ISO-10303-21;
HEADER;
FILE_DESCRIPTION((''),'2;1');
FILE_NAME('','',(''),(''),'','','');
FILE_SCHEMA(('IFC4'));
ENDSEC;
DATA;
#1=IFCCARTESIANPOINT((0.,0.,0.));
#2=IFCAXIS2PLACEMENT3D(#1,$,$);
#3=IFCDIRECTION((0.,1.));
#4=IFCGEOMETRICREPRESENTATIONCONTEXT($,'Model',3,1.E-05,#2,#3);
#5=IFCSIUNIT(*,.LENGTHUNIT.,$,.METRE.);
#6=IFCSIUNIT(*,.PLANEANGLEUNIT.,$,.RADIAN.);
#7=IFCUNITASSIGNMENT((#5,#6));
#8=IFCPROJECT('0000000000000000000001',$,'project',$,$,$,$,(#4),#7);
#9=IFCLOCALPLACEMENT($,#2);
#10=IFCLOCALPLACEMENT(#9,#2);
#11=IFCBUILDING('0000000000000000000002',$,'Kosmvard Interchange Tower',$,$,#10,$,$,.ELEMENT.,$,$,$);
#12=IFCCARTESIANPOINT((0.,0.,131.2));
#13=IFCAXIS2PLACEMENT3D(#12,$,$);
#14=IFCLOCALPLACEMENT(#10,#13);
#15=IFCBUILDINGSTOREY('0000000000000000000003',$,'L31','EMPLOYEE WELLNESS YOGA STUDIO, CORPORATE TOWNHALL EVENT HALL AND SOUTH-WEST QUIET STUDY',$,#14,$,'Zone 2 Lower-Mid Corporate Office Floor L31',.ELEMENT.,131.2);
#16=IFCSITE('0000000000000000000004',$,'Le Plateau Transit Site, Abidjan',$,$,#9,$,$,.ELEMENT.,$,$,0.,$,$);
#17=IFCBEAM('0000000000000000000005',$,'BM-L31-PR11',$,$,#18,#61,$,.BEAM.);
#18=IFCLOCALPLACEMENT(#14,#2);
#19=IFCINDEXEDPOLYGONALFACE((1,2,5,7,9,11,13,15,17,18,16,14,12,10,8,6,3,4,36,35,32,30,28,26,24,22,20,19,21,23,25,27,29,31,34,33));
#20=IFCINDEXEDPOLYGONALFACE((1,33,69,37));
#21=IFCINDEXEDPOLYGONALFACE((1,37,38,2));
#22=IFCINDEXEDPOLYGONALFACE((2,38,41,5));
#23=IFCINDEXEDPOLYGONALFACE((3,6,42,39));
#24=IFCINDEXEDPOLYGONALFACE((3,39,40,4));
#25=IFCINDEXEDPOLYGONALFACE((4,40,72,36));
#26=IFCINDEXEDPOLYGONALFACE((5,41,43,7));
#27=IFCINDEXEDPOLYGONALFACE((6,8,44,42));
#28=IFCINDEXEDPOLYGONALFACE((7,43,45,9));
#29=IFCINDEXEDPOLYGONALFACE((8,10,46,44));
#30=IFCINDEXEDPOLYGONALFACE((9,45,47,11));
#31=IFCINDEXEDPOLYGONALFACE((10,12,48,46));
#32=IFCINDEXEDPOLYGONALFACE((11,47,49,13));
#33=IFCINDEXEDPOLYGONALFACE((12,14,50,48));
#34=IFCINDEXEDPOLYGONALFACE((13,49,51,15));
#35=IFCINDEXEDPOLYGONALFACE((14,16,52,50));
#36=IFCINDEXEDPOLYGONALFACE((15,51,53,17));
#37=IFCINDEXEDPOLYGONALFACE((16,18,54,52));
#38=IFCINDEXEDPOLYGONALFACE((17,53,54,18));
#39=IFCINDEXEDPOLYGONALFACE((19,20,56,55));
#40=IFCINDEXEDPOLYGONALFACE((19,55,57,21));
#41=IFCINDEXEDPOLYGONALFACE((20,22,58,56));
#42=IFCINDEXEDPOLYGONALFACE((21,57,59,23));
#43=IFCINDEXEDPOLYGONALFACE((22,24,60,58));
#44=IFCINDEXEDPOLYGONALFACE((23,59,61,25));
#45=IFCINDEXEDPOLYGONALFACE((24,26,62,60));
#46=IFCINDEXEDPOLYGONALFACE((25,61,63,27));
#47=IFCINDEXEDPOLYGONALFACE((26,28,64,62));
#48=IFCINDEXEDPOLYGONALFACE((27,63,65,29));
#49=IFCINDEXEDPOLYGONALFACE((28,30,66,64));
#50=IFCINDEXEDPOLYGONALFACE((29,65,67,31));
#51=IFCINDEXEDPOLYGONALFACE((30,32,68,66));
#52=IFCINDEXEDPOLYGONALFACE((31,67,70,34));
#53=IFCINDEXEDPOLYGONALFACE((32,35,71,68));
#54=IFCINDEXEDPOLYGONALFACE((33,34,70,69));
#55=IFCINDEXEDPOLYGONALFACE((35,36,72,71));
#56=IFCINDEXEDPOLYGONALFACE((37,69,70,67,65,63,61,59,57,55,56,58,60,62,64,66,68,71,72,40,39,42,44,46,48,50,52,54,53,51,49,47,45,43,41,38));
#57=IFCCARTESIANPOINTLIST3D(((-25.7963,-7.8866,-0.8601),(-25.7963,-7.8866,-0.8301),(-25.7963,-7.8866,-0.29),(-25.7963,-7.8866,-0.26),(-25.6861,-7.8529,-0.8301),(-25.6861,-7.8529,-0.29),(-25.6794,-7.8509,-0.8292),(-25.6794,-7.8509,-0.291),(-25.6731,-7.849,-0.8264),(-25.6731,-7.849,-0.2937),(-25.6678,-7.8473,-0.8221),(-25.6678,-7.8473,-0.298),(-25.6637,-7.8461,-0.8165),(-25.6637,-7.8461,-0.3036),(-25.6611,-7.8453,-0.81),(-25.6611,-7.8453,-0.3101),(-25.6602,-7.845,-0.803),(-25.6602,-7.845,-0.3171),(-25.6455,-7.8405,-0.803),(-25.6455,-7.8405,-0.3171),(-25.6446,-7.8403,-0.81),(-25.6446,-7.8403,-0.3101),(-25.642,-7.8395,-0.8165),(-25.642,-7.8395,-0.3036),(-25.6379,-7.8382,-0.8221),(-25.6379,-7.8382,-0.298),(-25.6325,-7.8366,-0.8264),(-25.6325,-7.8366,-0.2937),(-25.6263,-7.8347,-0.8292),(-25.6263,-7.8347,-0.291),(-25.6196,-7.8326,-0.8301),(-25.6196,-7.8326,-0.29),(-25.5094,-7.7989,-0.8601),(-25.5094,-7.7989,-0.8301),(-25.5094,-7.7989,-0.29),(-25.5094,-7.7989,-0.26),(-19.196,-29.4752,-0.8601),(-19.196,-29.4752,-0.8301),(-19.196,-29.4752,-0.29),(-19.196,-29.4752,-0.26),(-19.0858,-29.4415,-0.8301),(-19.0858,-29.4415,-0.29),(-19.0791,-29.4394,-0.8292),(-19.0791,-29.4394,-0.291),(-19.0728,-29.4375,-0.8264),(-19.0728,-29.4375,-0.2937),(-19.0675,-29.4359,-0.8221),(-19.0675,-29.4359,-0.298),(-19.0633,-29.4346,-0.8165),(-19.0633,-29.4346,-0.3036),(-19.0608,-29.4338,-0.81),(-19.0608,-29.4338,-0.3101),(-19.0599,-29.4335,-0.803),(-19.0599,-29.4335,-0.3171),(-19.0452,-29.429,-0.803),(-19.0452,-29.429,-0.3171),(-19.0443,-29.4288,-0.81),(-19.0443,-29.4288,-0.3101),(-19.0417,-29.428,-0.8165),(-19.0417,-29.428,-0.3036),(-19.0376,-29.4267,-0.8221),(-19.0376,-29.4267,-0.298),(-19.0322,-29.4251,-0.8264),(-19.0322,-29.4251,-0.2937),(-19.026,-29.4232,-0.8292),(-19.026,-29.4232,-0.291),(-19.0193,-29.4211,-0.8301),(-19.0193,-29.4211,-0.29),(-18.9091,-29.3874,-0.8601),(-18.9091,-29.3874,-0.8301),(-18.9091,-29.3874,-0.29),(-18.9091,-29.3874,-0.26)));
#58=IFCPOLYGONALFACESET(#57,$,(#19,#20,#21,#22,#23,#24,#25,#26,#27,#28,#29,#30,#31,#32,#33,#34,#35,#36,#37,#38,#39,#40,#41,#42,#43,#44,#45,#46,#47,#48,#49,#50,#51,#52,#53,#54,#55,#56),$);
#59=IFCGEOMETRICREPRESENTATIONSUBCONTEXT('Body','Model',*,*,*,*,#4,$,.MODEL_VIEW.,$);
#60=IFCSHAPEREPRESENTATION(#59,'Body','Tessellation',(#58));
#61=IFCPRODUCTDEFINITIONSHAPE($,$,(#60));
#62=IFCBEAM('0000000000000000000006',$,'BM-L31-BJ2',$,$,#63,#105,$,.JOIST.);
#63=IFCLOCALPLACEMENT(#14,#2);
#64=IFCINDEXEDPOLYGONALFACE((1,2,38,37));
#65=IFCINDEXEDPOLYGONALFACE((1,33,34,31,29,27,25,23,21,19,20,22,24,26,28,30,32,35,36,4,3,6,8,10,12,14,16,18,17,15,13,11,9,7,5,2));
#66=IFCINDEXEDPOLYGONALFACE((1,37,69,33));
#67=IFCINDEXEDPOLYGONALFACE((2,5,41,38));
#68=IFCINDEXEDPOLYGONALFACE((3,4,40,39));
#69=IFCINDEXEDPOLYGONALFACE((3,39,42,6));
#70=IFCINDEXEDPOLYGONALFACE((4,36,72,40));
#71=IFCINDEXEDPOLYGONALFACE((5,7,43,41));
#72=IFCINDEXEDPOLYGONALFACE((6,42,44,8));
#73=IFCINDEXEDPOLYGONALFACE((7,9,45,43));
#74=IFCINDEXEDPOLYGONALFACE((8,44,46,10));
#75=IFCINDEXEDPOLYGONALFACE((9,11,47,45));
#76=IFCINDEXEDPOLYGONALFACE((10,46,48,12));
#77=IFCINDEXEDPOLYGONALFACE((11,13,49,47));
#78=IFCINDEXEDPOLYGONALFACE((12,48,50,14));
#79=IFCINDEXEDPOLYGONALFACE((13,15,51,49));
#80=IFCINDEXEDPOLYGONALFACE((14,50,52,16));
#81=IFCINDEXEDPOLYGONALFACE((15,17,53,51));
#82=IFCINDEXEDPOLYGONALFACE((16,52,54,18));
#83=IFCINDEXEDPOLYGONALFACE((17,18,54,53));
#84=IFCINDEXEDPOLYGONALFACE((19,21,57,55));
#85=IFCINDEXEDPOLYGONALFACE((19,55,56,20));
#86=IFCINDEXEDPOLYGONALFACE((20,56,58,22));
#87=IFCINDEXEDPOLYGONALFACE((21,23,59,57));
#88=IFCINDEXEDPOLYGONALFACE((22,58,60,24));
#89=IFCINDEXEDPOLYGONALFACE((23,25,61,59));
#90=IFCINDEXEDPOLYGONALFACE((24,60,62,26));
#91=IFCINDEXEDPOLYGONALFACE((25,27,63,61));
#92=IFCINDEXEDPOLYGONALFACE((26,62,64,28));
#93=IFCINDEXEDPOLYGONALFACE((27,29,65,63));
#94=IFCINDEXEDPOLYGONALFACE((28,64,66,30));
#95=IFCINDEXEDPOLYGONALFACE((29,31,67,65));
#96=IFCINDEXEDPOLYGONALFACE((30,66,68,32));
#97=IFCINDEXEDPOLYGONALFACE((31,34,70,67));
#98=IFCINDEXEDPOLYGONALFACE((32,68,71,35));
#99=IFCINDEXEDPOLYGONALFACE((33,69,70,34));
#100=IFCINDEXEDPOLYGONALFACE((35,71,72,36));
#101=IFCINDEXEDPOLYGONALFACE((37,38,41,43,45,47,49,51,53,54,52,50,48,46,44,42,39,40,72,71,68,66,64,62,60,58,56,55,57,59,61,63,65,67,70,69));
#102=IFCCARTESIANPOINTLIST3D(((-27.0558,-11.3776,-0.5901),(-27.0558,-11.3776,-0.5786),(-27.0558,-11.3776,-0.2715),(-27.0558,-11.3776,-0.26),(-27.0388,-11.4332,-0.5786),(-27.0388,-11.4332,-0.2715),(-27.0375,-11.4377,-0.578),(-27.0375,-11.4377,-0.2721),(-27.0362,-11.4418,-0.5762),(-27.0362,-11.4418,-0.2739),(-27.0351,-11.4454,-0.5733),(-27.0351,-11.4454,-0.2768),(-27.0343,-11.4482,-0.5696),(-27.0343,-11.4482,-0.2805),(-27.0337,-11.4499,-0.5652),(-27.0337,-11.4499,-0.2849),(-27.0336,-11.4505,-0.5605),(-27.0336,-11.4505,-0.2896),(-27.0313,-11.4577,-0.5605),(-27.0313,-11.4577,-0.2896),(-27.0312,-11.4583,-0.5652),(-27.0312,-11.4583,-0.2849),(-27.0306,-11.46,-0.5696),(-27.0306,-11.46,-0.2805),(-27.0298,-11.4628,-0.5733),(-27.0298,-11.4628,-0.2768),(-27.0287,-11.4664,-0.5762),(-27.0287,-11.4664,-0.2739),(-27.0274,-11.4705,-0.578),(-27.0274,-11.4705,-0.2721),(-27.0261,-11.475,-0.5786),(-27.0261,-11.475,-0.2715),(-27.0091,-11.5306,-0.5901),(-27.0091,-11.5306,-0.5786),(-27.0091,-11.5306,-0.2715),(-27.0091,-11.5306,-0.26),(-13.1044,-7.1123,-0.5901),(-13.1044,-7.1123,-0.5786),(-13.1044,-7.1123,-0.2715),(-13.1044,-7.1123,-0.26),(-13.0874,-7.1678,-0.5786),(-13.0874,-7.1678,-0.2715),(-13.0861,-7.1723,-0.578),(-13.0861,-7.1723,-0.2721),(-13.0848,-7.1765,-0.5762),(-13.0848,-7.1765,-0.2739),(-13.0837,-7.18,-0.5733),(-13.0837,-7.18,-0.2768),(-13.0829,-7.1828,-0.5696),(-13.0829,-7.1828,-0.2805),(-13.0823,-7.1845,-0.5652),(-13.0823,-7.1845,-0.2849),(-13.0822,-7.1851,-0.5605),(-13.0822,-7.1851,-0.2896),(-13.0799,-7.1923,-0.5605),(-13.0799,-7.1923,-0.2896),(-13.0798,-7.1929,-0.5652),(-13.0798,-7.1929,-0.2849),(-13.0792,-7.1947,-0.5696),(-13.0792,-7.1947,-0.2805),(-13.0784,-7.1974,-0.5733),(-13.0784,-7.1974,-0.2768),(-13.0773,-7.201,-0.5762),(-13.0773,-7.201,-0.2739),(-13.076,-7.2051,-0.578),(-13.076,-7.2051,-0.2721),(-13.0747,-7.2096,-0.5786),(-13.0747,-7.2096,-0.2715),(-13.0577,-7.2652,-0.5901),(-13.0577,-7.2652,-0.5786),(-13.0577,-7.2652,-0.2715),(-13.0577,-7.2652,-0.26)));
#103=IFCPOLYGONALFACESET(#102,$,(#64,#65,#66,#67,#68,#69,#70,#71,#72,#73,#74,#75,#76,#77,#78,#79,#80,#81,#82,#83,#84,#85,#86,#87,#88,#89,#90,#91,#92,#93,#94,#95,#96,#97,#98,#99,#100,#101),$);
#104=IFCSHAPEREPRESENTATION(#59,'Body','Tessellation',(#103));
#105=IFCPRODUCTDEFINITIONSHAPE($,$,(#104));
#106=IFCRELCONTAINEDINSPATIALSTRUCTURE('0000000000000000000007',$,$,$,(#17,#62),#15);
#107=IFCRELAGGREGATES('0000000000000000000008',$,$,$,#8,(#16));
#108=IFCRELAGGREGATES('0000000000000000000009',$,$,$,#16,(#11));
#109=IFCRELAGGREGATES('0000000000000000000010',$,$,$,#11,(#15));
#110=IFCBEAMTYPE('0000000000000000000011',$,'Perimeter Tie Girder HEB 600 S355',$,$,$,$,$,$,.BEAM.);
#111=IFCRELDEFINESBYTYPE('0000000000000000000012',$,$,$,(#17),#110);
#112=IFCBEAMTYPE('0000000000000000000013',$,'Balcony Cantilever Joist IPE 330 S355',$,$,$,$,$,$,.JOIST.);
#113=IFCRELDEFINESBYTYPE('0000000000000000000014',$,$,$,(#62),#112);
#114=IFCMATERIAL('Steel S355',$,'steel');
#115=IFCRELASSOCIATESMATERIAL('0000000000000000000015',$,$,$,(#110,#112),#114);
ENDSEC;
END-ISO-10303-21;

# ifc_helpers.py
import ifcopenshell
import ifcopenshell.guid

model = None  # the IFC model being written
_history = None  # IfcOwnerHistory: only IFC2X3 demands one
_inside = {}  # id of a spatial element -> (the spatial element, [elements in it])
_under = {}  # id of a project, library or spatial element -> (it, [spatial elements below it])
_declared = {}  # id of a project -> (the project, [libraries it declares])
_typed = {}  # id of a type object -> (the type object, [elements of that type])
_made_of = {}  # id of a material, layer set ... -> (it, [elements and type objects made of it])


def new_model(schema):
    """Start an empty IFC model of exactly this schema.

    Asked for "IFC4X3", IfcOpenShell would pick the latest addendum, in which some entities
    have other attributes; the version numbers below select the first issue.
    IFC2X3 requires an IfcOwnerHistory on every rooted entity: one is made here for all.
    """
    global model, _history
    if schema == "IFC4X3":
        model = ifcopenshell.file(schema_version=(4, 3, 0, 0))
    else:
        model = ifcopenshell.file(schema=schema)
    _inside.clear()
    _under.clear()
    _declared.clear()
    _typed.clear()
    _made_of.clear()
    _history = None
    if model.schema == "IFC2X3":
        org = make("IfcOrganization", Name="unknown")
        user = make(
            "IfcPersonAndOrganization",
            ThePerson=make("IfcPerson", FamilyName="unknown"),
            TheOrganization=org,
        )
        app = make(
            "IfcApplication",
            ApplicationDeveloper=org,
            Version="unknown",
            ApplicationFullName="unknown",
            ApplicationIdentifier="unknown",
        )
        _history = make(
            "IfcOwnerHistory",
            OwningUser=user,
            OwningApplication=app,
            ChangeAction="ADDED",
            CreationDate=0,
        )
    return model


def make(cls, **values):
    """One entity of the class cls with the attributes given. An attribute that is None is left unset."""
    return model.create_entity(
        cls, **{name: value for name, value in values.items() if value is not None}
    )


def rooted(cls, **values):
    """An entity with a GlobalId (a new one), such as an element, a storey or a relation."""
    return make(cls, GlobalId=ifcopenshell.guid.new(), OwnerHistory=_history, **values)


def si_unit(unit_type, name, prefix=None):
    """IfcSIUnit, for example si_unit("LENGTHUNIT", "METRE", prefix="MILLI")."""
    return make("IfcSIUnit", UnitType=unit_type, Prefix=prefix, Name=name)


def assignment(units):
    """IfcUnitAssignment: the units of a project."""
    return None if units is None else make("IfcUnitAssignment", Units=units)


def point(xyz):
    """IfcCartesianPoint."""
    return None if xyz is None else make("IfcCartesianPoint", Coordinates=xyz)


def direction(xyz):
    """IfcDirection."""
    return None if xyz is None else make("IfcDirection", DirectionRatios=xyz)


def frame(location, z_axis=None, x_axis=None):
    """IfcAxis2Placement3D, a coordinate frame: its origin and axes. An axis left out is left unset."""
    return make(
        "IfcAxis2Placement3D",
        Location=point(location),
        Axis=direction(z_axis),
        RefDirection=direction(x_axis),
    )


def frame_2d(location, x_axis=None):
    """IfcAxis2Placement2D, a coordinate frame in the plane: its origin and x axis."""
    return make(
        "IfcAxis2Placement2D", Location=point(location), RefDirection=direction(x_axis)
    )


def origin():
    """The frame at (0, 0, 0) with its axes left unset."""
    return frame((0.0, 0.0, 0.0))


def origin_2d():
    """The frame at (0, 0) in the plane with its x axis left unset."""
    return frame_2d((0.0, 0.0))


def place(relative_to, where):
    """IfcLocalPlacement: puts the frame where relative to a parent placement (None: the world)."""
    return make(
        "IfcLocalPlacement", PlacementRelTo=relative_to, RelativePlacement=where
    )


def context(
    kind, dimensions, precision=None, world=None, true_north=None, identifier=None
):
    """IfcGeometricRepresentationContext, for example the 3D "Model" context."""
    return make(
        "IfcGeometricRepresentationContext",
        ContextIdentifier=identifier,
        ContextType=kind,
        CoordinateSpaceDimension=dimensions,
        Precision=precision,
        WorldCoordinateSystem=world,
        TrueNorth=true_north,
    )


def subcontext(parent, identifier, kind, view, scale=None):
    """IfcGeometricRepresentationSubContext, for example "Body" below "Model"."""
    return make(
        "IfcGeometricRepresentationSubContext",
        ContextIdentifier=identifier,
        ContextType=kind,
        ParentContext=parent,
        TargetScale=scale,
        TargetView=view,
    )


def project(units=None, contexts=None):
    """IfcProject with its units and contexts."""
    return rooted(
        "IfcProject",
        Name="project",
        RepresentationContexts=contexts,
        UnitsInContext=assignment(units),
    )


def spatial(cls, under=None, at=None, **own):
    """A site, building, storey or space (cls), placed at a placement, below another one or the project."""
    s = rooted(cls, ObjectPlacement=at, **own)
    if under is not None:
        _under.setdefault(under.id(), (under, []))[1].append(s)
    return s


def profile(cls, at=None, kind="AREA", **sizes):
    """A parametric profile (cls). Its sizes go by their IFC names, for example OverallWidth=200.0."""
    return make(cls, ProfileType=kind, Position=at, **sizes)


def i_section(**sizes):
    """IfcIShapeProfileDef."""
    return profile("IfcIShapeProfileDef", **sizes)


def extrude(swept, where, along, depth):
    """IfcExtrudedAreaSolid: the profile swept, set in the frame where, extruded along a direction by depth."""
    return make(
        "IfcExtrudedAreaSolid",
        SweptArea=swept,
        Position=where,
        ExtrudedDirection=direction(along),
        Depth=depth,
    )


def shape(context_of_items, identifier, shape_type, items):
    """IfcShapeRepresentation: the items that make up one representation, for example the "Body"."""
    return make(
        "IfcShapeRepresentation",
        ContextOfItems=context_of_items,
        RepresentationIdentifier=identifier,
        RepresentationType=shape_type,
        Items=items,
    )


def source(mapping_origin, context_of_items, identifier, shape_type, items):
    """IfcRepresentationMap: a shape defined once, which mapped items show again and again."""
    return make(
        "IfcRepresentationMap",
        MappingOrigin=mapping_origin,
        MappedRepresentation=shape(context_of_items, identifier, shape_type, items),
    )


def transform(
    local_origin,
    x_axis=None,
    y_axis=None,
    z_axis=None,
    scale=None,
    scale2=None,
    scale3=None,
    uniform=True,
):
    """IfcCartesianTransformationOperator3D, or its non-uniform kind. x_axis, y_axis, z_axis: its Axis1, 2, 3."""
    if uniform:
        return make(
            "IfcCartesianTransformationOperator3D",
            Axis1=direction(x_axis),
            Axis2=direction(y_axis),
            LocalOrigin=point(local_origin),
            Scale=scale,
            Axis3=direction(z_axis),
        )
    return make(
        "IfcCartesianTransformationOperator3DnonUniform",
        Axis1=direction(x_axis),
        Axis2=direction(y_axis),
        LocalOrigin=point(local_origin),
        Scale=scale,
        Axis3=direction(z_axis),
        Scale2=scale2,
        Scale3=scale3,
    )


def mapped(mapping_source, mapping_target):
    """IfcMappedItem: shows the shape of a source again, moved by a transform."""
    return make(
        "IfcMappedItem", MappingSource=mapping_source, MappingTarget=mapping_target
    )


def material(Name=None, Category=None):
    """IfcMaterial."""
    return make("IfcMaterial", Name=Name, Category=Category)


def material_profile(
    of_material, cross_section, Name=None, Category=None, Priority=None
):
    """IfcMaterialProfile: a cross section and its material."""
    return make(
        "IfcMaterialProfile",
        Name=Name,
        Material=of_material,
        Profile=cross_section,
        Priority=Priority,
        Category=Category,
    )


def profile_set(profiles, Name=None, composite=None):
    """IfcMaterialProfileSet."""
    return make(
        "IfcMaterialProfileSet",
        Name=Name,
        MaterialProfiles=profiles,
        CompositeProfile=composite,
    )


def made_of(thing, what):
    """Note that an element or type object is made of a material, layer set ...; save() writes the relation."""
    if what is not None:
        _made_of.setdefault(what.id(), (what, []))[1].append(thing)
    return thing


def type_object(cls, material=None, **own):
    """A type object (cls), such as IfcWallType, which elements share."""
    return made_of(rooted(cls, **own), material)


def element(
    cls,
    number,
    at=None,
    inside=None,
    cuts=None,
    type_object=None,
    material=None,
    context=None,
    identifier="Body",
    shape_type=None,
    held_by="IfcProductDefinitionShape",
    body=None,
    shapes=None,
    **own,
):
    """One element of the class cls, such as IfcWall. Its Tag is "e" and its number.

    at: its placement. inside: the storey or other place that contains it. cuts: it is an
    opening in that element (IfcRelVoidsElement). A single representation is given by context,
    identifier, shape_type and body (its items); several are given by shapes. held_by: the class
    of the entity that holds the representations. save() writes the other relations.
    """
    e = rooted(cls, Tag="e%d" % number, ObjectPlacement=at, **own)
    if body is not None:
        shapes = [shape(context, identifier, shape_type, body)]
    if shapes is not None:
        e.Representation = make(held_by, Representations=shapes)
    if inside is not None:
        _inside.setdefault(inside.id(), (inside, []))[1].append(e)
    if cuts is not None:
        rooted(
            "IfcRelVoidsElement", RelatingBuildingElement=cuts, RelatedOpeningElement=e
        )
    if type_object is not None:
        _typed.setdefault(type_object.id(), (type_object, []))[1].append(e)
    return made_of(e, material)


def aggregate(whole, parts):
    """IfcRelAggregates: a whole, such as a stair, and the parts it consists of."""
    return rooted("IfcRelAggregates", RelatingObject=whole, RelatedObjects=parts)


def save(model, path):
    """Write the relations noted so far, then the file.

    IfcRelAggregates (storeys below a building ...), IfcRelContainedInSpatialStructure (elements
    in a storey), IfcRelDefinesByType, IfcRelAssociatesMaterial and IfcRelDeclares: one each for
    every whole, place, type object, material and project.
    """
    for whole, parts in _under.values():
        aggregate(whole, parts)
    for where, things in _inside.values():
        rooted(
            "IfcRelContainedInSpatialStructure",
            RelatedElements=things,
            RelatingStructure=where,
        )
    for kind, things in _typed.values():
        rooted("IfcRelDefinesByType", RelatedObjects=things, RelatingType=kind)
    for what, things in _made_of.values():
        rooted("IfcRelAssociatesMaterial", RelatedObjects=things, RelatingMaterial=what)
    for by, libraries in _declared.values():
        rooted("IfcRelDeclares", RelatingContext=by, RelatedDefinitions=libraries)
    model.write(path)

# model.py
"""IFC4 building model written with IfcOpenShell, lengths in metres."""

from ifc_helpers import new_model, si_unit, direction, frame, origin, origin_2d, place, context, subcontext, project, spatial, i_section, extrude, source, transform, mapped, material, material_profile, profile_set, type_object, element, save


model = new_model("IFC4")

# Units and contexts
model_context = context("Model", 3, precision=1e-05, world=origin(), true_north=direction((0.0, 1.0)))
body_context = subcontext(model_context, "Body", "Model", "MODEL_VIEW")
ifc_project = project(units=[si_unit("LENGTHUNIT", "METRE"), si_unit("PLANEANGLEUNIT", "RADIAN")], contexts=[model_context])

# Site, building, storey
site_placement = place(None, origin())
site = spatial("IfcSite", under=ifc_project, at=site_placement, Name="Le Plateau Transit Site, Abidjan", CompositionType="ELEMENT", RefElevation=0.0)
building_placement = place(site_placement, origin())
building = spatial("IfcBuilding", under=site, at=building_placement, Name="Kosmvard Interchange Tower", CompositionType="ELEMENT")
storey_placement = place(building_placement, frame((0.0, 0.0, 131.2)))
storey = spatial("IfcBuildingStorey", under=building, at=storey_placement, Name="L31", Description="EMPLOYEE WELLNESS YOGA STUDIO, CORPORATE TOWNHALL EVENT HALL AND SOUTH-WEST QUIET STUDY", LongName="Zone 2 Lower-Mid Corporate Office Floor L31", CompositionType="ELEMENT", Elevation=131.2)

# Beams
ifc_material_1 = material(Name="Steel S355", Category="steel")
ifc_material_profile_1 = material_profile(ifc_material_1, i_section(OverallWidth=0.3, OverallDepth=0.6001, WebThickness=0.0154, FlangeThickness=0.03, FilletRadius=0.0271, at=origin_2d()), Name="HEB 600")
ifc_profile_set_1 = profile_set([ifc_material_profile_1], Name="Steel S355")
beam_type_1 = type_object("IfcBeamType", Name="Perimeter Tie Girder HEB 600 S355", PredefinedType="BEAM", material=ifc_profile_set_1)
shared_shape_1 = source(origin(), body_context, "Body", "SweptSolid", [
    extrude(i_section(OverallWidth=0.3, OverallDepth=0.6001, WebThickness=0.0154, FlangeThickness=0.03, FilletRadius=0.0271, at=origin_2d()), origin(), (0.0, 0.0, 1.0), 22.575),
])
beam_1_placement = place(storey_placement, frame((-25.6528, -7.8428, -0.5601), z_axis=(0.292373, -0.956304, 0.0), x_axis=(0.956304, 0.292373, 0.0)))
element("IfcBeam", 1, at=beam_1_placement, inside=storey, type_object=beam_type_1, Name="BM-L31-PR11", PredefinedType="BEAM", context=body_context, shape_type="MappedRepresentation", body=[
    mapped(shared_shape_1, transform((0.0, 0.0, 0.0), scale=1.0)),
])
ifc_material_profile_2 = material_profile(ifc_material_1, i_section(OverallWidth=0.1599, OverallDepth=0.3301, WebThickness=0.0076, FlangeThickness=0.0115, FilletRadius=0.0181, at=origin_2d()), Name="IPE 330")
ifc_profile_set_2 = profile_set([ifc_material_profile_2], Name="Steel S355")
beam_type_2 = type_object("IfcBeamType", Name="Balcony Cantilever Joist IPE 330 S355", PredefinedType="JOIST", material=ifc_profile_set_2)
shared_shape_2 = source(origin(), body_context, "Body", "SweptSolid", [
    extrude(i_section(OverallWidth=0.1599, OverallDepth=0.3301, WebThickness=0.0076, FlangeThickness=0.0115, FilletRadius=0.0181, at=origin_2d()), origin(), (0.0, 0.0, 1.0), 14.5889),
])
beam_2_placement = place(storey_placement, frame((-13.0811, -7.1887, -0.425), z_axis=(-0.956305, -0.292372, 0.0), x_axis=(0.292372, -0.956305, 0.0)))
element("IfcBeam", 2, at=beam_2_placement, inside=storey, type_object=beam_type_2, Name="BM-L31-BJ2", PredefinedType="JOIST", context=body_context, shape_type="MappedRepresentation", body=[
    mapped(shared_shape_2, transform((0.0, 0.0, 0.0), scale=1.0)),
])

save(model, "model.ifc")
